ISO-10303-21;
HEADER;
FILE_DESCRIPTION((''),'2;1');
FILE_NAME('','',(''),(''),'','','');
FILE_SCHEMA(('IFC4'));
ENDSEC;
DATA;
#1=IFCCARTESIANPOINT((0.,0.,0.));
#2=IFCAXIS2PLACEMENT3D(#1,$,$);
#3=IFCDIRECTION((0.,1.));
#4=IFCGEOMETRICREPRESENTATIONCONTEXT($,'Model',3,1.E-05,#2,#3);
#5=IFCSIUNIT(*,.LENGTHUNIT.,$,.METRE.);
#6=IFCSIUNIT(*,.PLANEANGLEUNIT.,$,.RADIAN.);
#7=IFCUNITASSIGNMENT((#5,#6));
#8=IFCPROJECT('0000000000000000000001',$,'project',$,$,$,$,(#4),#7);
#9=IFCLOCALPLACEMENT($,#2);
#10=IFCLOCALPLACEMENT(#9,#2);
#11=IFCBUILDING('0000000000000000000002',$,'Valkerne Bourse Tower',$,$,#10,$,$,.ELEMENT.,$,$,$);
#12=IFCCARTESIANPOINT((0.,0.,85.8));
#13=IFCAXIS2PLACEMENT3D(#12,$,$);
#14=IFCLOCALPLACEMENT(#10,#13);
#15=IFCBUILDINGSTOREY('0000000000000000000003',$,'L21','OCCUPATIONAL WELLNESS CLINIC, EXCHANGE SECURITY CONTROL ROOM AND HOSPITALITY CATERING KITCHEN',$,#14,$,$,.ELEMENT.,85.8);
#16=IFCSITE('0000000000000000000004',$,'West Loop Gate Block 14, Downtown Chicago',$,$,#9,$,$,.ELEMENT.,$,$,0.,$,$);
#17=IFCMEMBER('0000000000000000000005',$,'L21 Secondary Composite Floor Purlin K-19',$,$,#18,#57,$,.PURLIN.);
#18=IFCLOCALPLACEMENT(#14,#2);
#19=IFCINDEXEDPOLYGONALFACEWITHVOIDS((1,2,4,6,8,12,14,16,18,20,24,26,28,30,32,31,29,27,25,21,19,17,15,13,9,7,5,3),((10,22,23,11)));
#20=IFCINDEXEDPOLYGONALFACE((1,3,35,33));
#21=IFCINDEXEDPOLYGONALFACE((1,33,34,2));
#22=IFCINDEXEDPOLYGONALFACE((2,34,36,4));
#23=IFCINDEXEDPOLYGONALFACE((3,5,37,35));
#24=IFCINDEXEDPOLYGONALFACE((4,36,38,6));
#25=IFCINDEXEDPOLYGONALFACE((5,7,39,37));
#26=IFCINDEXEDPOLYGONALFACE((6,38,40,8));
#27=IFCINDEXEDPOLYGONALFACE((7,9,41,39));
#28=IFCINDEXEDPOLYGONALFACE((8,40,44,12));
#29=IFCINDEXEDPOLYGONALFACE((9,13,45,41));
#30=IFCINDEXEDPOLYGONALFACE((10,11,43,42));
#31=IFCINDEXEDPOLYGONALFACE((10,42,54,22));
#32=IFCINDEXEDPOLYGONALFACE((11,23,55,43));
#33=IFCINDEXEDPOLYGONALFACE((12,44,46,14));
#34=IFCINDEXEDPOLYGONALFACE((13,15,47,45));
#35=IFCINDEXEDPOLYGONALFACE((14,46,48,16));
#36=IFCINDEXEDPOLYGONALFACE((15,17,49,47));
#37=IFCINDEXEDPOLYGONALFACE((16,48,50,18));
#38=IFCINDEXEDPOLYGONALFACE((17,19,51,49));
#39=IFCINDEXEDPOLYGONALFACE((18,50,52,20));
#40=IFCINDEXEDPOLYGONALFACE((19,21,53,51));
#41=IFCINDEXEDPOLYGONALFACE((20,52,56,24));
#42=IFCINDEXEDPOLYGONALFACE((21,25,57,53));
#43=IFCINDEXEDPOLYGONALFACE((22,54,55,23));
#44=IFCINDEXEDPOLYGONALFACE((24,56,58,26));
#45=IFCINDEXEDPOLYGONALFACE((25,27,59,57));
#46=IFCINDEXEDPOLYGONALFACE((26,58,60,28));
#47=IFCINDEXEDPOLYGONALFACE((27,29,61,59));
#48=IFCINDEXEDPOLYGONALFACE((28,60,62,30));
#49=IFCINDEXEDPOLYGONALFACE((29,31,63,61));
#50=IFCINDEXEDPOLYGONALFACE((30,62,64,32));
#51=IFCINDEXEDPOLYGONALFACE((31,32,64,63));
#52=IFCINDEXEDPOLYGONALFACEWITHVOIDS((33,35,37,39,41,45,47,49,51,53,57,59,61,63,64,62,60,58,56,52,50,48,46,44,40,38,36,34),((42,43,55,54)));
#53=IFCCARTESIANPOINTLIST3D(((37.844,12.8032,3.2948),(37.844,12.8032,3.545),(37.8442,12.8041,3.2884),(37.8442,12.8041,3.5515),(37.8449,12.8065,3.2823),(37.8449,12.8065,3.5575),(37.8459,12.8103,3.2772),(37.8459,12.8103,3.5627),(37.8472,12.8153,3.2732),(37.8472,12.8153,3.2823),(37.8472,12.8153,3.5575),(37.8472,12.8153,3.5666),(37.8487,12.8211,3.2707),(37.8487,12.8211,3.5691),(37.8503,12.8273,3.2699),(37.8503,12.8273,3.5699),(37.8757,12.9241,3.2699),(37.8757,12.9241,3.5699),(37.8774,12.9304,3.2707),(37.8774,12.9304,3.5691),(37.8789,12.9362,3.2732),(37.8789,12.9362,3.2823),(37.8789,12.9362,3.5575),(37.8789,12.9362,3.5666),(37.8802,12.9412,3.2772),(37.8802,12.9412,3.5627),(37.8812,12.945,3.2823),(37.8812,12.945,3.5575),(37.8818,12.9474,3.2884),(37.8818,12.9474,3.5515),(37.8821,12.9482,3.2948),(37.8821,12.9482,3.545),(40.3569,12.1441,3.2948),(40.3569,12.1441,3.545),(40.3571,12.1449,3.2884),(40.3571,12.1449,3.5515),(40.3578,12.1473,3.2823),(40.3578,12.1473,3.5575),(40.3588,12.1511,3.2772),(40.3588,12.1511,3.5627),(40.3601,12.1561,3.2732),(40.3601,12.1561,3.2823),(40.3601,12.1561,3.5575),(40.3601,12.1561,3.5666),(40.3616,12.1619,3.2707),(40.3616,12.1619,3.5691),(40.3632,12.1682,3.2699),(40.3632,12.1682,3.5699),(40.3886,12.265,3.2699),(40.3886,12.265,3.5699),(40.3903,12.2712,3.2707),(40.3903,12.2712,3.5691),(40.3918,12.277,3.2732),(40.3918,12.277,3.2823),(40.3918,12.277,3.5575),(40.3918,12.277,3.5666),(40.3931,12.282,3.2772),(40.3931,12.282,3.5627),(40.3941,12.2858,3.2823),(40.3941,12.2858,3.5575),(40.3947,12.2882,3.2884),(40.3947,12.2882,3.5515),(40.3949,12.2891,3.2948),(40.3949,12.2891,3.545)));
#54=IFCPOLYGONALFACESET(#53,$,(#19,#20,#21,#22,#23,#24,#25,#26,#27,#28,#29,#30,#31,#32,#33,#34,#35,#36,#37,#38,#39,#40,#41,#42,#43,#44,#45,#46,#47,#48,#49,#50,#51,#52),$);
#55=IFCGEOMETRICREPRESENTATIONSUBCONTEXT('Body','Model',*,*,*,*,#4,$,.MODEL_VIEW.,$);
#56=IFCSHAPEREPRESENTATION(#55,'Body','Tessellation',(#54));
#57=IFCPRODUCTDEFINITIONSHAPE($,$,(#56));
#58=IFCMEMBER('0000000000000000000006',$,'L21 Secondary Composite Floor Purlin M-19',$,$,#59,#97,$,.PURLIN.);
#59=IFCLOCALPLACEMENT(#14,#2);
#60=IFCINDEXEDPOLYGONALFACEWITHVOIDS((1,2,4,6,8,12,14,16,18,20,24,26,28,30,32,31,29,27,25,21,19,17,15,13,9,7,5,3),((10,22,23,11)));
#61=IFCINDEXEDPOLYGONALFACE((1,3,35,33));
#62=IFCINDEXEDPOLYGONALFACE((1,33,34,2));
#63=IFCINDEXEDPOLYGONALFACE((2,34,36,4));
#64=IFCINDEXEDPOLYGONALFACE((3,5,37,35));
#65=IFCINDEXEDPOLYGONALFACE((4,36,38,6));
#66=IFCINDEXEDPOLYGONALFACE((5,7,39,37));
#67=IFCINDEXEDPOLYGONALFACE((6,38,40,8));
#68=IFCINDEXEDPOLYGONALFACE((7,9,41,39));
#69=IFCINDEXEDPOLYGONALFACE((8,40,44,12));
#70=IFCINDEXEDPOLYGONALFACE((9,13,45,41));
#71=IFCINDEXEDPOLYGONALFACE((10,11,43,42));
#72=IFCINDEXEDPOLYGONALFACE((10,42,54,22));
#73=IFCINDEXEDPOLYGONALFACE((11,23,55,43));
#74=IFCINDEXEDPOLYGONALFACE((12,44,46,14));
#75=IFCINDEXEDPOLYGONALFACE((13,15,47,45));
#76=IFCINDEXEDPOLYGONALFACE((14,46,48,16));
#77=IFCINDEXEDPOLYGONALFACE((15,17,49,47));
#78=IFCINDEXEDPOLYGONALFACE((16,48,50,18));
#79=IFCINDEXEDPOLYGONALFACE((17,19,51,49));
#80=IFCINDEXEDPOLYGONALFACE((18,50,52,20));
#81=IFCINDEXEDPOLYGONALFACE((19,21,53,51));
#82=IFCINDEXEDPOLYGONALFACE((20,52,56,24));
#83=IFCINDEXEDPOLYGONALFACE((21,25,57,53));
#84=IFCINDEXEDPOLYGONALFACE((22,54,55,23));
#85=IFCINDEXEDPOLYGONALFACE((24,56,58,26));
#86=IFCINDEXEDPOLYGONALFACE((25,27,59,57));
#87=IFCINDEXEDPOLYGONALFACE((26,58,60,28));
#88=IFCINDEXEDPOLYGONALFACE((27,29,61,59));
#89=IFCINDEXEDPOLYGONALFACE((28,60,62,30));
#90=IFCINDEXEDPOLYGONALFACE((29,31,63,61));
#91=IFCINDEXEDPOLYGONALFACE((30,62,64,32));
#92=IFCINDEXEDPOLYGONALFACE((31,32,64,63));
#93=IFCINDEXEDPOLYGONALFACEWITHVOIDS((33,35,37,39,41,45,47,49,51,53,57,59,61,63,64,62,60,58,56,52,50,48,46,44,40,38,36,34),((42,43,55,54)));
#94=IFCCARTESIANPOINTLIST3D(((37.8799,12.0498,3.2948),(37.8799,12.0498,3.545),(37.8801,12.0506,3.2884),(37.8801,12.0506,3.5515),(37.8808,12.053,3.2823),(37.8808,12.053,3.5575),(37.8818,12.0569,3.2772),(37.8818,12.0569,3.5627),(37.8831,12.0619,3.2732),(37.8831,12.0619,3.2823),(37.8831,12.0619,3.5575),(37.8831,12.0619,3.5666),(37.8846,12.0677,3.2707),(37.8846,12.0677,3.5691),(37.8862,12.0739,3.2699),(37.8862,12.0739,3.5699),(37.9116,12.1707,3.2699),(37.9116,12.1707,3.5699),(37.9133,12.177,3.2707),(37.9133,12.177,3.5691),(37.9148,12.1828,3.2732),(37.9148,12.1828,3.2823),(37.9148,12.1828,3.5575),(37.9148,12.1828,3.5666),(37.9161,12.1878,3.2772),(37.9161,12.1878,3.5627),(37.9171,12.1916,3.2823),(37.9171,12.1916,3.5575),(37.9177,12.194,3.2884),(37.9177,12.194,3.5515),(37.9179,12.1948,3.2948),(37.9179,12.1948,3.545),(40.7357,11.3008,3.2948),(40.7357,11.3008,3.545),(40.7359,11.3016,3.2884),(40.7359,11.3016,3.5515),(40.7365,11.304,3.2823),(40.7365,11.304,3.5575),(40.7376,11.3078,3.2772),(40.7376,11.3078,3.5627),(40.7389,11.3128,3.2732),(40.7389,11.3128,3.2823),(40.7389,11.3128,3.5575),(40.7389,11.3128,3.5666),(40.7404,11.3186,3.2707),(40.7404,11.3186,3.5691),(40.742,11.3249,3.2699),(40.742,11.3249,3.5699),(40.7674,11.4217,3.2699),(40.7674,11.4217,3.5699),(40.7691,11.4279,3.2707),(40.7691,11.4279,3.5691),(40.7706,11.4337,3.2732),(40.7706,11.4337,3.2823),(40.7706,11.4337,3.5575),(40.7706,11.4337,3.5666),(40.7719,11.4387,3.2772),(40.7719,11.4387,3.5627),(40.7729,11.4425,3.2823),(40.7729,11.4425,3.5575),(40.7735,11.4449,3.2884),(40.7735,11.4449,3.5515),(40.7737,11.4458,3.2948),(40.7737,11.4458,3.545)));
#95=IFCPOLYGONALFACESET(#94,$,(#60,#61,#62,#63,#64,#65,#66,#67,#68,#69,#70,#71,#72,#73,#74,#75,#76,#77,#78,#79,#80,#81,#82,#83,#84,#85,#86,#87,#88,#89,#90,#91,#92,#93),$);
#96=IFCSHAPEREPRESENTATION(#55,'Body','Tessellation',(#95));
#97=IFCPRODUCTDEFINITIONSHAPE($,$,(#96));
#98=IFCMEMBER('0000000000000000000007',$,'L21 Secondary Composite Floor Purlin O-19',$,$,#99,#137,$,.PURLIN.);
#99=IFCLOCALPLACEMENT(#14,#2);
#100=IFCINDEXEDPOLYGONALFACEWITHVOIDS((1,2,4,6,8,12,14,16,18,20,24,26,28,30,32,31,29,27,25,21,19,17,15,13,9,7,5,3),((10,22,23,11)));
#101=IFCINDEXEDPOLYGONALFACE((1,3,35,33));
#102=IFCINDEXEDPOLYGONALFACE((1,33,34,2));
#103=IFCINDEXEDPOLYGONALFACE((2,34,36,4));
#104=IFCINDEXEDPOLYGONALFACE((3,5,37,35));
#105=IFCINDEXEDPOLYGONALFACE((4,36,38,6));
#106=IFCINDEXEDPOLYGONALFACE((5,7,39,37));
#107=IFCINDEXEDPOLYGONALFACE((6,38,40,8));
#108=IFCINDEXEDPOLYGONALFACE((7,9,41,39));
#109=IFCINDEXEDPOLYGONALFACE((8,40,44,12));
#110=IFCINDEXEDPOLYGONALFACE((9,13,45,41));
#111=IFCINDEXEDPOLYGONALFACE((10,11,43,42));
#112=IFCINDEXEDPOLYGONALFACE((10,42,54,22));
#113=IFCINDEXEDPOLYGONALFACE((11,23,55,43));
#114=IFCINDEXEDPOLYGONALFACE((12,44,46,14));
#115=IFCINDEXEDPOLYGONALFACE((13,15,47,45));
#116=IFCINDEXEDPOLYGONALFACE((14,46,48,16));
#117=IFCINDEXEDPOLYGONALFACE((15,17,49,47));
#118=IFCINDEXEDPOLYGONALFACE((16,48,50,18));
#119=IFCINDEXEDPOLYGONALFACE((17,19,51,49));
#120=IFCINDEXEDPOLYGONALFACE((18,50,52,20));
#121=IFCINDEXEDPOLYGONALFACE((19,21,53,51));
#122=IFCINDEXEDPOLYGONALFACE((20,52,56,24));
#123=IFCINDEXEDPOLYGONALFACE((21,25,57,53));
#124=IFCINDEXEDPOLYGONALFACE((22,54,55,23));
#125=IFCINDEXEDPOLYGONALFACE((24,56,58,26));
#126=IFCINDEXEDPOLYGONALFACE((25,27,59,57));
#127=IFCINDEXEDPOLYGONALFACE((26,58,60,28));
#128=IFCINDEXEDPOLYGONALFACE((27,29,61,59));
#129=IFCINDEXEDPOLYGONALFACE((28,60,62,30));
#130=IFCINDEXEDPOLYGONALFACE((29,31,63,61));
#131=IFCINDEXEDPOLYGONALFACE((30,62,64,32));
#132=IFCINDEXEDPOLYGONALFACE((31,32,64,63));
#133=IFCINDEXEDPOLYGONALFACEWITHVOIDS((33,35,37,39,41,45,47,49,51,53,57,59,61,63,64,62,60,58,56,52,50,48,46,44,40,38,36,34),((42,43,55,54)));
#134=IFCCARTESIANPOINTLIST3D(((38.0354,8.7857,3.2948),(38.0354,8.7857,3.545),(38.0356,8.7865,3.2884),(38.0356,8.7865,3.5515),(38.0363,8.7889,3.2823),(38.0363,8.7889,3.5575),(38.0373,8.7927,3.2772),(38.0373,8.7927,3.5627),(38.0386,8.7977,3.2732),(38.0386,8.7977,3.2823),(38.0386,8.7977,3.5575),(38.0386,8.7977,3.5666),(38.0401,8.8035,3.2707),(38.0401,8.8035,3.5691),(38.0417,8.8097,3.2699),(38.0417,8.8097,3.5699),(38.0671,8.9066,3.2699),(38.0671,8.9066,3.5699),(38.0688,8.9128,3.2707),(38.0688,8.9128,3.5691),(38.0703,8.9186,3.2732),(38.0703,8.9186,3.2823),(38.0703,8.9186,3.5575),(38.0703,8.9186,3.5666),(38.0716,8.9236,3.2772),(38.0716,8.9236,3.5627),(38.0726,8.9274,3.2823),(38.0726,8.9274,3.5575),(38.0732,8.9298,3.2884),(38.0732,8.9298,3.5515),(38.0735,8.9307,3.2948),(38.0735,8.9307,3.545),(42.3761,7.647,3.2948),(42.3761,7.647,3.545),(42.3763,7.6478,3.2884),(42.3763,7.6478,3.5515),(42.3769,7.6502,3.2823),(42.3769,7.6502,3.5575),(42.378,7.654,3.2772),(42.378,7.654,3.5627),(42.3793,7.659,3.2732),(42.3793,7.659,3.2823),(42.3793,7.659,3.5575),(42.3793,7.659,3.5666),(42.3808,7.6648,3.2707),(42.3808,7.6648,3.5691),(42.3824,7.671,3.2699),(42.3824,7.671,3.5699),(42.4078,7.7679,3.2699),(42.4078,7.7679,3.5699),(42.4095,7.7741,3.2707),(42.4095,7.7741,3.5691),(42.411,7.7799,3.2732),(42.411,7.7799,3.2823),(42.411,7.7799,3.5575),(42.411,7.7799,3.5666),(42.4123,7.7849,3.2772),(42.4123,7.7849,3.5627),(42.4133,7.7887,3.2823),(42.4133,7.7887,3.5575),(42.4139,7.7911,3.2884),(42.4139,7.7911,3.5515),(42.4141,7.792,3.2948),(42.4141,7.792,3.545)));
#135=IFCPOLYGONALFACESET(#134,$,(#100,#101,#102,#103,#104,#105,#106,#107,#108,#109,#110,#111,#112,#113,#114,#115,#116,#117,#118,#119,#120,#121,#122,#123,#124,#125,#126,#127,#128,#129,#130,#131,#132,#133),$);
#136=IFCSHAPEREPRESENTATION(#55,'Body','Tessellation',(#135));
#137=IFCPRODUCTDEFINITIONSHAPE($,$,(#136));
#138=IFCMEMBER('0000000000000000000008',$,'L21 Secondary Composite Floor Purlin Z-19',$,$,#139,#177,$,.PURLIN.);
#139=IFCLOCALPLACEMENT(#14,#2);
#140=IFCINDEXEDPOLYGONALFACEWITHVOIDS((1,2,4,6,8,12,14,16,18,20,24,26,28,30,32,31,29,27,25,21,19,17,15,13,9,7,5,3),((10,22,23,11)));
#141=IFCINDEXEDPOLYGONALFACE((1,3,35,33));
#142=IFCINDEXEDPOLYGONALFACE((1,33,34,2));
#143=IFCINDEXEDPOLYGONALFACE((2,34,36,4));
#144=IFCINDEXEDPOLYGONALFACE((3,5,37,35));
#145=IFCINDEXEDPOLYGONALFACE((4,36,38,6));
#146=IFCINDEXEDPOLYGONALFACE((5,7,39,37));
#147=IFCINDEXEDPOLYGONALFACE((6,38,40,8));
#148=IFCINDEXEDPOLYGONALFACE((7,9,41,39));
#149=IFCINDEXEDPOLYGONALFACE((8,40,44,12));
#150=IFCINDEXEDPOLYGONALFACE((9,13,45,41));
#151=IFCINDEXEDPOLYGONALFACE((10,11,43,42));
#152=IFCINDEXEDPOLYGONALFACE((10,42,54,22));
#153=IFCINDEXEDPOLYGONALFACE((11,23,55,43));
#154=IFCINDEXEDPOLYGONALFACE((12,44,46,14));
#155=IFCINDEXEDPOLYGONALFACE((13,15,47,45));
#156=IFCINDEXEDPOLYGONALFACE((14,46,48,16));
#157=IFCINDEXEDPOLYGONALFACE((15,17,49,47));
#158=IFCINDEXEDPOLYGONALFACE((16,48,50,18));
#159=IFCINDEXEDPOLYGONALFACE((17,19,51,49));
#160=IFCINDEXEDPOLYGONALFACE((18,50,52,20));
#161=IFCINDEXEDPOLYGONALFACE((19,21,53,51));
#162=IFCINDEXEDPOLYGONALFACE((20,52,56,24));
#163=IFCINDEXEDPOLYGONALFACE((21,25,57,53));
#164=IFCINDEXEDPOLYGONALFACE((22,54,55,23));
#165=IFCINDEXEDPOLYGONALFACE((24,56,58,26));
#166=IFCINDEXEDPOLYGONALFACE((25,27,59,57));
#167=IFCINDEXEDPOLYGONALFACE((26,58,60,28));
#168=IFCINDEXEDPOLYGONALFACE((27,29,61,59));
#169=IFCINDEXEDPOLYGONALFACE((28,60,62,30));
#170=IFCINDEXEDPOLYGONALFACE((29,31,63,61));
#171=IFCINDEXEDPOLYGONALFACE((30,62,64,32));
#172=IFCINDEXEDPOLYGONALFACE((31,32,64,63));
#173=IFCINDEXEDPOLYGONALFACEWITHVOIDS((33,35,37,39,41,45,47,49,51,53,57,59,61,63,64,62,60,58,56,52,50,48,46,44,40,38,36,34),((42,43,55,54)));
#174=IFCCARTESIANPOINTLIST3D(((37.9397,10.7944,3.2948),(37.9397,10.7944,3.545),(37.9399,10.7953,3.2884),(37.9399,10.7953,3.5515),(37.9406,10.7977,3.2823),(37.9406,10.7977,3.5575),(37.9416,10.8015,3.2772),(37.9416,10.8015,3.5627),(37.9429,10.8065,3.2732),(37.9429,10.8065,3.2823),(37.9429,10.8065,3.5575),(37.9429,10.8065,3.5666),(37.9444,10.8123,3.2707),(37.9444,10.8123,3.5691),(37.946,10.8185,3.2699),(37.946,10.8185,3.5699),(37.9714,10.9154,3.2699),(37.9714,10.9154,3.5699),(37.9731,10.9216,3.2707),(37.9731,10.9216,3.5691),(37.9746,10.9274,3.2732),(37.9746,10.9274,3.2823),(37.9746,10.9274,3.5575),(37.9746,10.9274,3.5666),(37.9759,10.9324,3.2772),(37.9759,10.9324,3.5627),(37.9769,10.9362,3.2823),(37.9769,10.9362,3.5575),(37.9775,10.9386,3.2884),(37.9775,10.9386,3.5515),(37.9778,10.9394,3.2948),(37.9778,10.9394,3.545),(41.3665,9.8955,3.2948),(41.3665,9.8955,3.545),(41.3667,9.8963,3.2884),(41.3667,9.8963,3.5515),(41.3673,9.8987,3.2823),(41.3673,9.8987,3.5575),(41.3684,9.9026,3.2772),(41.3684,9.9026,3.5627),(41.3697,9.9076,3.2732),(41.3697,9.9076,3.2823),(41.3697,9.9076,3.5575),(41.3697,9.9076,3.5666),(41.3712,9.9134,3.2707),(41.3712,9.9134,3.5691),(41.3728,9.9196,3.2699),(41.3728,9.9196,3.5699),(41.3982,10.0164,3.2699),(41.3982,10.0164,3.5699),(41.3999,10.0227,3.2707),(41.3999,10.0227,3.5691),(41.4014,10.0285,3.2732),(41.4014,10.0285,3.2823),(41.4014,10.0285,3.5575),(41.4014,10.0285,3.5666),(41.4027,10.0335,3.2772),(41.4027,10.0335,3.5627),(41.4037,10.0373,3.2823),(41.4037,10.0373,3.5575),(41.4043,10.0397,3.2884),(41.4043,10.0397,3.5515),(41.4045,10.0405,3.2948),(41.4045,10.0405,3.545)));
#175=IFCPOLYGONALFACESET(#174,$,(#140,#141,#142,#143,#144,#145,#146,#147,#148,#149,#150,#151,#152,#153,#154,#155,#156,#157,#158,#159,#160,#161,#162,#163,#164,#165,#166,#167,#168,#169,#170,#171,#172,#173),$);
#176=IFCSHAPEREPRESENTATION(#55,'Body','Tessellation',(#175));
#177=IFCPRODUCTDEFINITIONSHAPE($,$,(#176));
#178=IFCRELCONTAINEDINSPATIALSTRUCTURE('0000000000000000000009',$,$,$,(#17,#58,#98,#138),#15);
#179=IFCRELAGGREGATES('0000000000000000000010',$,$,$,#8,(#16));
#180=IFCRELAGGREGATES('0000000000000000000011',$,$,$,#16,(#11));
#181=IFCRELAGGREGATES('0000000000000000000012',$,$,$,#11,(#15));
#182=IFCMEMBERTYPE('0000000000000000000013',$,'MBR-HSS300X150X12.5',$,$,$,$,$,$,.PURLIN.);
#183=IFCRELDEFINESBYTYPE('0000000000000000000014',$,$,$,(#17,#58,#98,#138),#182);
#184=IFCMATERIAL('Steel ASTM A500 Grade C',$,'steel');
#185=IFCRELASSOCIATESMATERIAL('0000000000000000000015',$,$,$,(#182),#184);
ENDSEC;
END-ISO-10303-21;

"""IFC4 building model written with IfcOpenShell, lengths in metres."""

from ifc_helpers import new_model, si_unit, direction, frame, origin, origin_2d, place, context, subcontext, project, spatial, hollow_rectangle, extrude, material, material_profile, profile_set, type_object, element, save


model = new_model("IFC4")

# Units and contexts
model_context = context("Model", 3, precision=1e-05, world=origin(), true_north=direction((0.0, 1.0)))
body_context = subcontext(model_context, "Body", "Model", "MODEL_VIEW")
ifc_project = project(units=[si_unit("LENGTHUNIT", "METRE"), si_unit("PLANEANGLEUNIT", "RADIAN")], contexts=[model_context])

# Site, building, storey
site_placement = place(None, origin())
site = spatial("IfcSite", under=ifc_project, at=site_placement, Name="West Loop Gate Block 14, Downtown Chicago", CompositionType="ELEMENT", RefElevation=0.0)
building_placement = place(site_placement, origin())
building = spatial("IfcBuilding", under=site, at=building_placement, Name="Valkerne Bourse Tower", CompositionType="ELEMENT")
storey_placement = place(building_placement, frame((0.0, 0.0, 85.8)))
storey = spatial("IfcBuildingStorey", under=building, at=storey_placement, Name="L21", Description="OCCUPATIONAL WELLNESS CLINIC, EXCHANGE SECURITY CONTROL ROOM AND HOSPITALITY CATERING KITCHEN", CompositionType="ELEMENT", Elevation=85.8)

# Members
ifc_material_1 = material(Name="Steel ASTM A500 Grade C", Category="steel")
ifc_material_profile_1 = material_profile(ifc_material_1, hollow_rectangle(XDim=0.1499, YDim=0.3, WallThickness=0.0125, OuterFilletRadius=0.0249, at=origin_2d()), Name="HSS300X150X12.5")
ifc_profile_set_1 = profile_set([ifc_material_profile_1], Name="Steel ASTM A500 Grade C")
member_type_1 = type_object("IfcMemberType", Name="MBR-HSS300X150X12.5", PredefinedType="PURLIN", material=ifc_profile_set_1)
member_1_placement = place(storey_placement, frame((37.863, 12.8757, 3.4199), z_axis=(0.967275, -0.25373, 0.0), x_axis=(0.25373, 0.967275, 0.0)))
element("IfcMember", 1, at=member_1_placement, inside=storey, type_object=member_type_1, Name="L21 Secondary Composite Floor Purlin K-19", PredefinedType="PURLIN", context=body_context, shape_type="SweptSolid", body=[
    extrude(hollow_rectangle(XDim=0.1499, YDim=0.3, WallThickness=0.0125, OuterFilletRadius=0.0249, at=origin_2d()), origin(), (0.0, 0.0, 1.0), 2.5979),
])
member_2_placement = place(storey_placement, frame((37.8989, 12.1223, 3.4199), z_axis=(0.967281, -0.253708, 0.0), x_axis=(0.253708, 0.967281, 0.0)))
element("IfcMember", 2, at=member_2_placement, inside=storey, type_object=member_type_1, Name="L21 Secondary Composite Floor Purlin M-19", PredefinedType="PURLIN", context=body_context, shape_type="SweptSolid", body=[
    extrude(hollow_rectangle(XDim=0.1499, YDim=0.3, WallThickness=0.0125, OuterFilletRadius=0.0249, at=origin_2d()), origin(), (0.0, 0.0, 1.0), 2.9524),
])
member_3_placement = place(storey_placement, frame((38.0544, 8.8582, 3.4199), z_axis=(0.967271, -0.253746, 0.0), x_axis=(0.253746, 0.967271, 0.0)))
element("IfcMember", 3, at=member_3_placement, inside=storey, type_object=member_type_1, Name="L21 Secondary Composite Floor Purlin O-19", PredefinedType="PURLIN", context=body_context, shape_type="SweptSolid", body=[
    extrude(hollow_rectangle(XDim=0.1499, YDim=0.3, WallThickness=0.0125, OuterFilletRadius=0.0249, at=origin_2d()), origin(), (0.0, 0.0, 1.0), 4.4875),
])
member_4_placement = place(storey_placement, frame((37.9587, 10.8669, 3.4199), z_axis=(0.967272, -0.25374, 0.0), x_axis=(0.25374, 0.967272, 0.0)))
element("IfcMember", 4, at=member_4_placement, inside=storey, type_object=member_type_1, Name="L21 Secondary Composite Floor Purlin Z-19", PredefinedType="PURLIN", context=body_context, shape_type="SweptSolid", body=[
    extrude(hollow_rectangle(XDim=0.1499, YDim=0.3, WallThickness=0.0125, OuterFilletRadius=0.0249, at=origin_2d()), origin(), (0.0, 0.0, 1.0), 3.5427),
])

save(model, "model.ifc")
